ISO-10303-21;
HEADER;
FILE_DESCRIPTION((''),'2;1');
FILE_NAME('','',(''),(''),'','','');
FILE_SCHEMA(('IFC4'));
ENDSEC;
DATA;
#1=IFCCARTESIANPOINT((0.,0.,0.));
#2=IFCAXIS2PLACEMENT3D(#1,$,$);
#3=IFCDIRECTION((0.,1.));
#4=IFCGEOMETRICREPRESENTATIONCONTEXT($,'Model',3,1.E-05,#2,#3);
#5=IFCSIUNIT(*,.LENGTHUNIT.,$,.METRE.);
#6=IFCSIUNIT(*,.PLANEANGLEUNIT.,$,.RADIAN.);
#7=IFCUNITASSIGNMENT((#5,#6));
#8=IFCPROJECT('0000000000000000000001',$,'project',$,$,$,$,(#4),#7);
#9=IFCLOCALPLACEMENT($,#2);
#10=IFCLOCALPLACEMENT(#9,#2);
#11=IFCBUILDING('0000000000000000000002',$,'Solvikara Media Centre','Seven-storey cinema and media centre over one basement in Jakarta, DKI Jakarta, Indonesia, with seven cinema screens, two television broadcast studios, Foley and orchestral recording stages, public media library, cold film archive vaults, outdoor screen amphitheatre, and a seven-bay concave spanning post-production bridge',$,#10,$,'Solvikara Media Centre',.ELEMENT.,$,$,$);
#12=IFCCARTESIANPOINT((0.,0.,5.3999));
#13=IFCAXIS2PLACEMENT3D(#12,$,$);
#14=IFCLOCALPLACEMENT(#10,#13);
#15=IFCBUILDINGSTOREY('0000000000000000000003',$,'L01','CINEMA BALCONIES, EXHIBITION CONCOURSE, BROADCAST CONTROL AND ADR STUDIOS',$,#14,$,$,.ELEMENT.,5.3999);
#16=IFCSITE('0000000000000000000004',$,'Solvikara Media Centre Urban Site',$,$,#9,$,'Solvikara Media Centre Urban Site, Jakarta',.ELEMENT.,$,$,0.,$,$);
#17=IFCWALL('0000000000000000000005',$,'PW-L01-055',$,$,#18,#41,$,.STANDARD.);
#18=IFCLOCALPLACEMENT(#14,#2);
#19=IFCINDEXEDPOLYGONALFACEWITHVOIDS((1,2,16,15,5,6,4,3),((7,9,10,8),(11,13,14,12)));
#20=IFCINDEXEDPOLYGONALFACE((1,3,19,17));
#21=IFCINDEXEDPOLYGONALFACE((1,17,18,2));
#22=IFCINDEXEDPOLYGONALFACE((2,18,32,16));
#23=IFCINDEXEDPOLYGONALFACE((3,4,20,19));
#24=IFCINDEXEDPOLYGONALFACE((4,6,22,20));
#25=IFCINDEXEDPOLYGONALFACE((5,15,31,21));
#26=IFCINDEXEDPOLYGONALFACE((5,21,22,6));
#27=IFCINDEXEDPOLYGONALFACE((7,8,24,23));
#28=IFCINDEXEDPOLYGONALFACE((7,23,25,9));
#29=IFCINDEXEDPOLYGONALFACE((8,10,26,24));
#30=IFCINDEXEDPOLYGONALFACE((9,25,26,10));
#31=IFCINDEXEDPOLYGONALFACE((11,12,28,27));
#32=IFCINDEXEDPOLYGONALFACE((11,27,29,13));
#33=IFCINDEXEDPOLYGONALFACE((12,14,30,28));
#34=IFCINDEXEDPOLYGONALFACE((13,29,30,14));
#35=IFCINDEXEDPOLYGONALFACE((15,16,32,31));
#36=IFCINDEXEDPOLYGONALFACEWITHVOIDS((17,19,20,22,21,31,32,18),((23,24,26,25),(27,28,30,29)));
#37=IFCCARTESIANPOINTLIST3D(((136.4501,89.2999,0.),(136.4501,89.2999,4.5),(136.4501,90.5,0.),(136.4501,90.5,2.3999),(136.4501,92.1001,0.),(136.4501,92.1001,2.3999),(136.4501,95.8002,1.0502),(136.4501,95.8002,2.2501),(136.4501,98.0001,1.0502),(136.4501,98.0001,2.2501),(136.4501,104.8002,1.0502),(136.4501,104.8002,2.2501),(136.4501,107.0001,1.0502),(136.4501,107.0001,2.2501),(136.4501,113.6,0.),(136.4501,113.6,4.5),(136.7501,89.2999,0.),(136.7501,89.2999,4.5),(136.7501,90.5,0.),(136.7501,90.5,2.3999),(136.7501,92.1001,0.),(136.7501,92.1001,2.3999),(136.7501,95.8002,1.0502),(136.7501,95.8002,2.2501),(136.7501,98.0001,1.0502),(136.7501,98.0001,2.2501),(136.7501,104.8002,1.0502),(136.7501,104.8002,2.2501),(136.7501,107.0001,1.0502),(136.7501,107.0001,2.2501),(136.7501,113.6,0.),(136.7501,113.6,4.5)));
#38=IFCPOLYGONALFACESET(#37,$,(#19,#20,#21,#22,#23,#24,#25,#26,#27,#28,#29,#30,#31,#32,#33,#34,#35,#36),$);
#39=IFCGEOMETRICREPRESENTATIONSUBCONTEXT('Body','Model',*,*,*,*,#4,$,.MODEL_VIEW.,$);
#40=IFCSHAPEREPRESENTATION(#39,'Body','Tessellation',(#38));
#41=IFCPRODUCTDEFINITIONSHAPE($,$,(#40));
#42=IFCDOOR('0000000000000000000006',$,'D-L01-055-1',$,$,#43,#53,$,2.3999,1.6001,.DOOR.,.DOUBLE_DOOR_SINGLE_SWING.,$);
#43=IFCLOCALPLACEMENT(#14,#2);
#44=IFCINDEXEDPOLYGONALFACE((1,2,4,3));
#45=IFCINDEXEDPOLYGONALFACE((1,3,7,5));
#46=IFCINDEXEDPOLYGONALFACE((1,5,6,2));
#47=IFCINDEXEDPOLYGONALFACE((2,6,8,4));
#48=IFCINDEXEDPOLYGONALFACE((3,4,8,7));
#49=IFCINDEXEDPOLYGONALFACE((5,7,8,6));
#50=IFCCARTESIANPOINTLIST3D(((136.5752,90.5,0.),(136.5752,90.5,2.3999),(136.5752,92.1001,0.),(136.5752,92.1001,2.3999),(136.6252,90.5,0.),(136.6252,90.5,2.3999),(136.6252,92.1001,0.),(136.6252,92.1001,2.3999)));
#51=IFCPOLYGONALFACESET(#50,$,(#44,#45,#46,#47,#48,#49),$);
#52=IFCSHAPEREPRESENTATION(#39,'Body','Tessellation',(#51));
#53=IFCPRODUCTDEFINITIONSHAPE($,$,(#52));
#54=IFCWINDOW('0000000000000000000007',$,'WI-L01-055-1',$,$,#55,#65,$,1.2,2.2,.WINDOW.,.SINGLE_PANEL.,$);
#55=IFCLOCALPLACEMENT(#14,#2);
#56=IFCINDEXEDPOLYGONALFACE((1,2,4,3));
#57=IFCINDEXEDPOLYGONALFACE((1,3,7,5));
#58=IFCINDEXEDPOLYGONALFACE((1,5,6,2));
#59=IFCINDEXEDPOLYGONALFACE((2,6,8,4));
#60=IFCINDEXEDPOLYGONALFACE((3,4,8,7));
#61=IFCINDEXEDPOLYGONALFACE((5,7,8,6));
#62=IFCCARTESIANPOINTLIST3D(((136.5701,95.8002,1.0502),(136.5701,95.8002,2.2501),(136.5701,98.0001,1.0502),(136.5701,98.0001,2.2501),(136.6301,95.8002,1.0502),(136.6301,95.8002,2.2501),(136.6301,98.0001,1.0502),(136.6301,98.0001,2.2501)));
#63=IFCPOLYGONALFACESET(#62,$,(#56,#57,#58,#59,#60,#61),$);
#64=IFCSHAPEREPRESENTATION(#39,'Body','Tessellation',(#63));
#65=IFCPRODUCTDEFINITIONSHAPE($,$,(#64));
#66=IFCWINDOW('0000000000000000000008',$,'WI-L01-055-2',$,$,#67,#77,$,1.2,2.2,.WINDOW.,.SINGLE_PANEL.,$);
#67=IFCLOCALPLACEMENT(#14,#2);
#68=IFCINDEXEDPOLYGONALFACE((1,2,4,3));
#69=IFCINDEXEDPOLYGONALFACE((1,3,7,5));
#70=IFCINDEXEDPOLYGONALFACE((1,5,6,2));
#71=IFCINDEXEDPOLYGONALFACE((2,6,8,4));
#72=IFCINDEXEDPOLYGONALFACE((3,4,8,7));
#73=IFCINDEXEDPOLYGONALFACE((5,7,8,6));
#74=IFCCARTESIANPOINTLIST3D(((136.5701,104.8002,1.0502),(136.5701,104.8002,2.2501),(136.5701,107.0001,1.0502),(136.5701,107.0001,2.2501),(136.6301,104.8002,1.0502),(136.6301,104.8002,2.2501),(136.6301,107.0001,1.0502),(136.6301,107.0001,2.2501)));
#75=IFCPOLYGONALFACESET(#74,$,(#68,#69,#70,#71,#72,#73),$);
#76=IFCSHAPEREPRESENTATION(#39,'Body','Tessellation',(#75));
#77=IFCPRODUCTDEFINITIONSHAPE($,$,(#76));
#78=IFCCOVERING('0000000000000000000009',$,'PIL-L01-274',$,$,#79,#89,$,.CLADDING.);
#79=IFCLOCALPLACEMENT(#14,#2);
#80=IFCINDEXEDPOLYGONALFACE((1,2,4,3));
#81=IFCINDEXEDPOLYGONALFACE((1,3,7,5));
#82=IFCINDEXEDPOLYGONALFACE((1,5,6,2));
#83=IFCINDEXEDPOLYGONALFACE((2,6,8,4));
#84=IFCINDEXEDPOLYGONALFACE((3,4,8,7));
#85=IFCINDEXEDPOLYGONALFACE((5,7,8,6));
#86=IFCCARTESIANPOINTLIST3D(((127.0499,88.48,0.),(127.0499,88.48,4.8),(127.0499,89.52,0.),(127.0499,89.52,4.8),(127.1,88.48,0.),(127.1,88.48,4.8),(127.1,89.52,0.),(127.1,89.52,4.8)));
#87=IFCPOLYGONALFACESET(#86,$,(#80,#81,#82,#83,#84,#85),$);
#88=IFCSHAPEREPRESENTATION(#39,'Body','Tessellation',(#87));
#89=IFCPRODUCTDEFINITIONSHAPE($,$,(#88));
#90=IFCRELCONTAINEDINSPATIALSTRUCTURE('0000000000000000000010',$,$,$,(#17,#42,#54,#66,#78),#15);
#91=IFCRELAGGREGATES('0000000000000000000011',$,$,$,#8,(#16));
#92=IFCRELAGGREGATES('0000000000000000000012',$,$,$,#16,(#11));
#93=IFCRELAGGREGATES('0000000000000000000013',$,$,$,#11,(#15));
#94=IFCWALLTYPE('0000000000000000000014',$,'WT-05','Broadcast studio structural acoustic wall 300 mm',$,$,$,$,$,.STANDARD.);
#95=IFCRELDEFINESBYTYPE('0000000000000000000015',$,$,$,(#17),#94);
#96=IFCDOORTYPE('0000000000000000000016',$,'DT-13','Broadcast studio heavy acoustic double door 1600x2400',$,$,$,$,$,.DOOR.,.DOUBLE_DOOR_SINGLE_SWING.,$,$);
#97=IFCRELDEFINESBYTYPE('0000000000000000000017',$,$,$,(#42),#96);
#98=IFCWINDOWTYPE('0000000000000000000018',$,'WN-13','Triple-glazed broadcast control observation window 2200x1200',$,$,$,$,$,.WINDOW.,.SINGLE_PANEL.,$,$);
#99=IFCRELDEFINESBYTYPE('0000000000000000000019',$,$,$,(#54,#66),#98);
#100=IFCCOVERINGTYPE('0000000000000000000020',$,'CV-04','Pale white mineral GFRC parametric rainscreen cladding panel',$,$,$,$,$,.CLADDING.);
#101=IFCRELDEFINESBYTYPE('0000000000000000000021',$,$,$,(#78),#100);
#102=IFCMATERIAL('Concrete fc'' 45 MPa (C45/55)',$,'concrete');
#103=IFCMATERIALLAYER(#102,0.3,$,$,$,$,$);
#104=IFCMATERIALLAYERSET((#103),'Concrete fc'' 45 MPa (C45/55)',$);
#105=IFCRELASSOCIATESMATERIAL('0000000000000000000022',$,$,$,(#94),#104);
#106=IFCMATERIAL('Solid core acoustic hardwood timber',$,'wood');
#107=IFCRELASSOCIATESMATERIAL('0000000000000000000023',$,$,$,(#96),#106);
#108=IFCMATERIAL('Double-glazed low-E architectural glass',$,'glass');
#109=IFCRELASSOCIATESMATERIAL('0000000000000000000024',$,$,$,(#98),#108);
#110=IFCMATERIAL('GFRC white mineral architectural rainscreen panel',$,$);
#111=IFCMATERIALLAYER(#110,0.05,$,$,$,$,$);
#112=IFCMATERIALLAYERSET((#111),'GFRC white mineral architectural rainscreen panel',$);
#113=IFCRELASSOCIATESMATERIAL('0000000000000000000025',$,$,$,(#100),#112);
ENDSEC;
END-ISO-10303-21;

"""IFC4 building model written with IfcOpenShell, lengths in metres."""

from ifc_helpers import new_model, si_unit, direction, frame, frame_2d, origin, origin_2d, place, context, subcontext, project, spatial, rectangle, extrude, material, layer, layer_set, type_object, element, fill, save


model = new_model("IFC4")

# Units and contexts
model_context = context("Model", 3, precision=1e-05, world=origin(), true_north=direction((0.0, 1.0)))
body_context = subcontext(model_context, "Body", "Model", "MODEL_VIEW")
ifc_project = project(units=[si_unit("LENGTHUNIT", "METRE"), si_unit("PLANEANGLEUNIT", "RADIAN")], contexts=[model_context])

# Site, building, storey
site_placement = place(None, origin())
site = spatial("IfcSite", under=ifc_project, at=site_placement, Name="Solvikara Media Centre Urban Site", LongName="Solvikara Media Centre Urban Site, Jakarta", CompositionType="ELEMENT", RefElevation=0.0)
building_placement = place(site_placement, origin())
building = spatial("IfcBuilding", under=site, at=building_placement, Name="Solvikara Media Centre", Description="Seven-storey cinema and media centre over one basement in Jakarta, DKI Jakarta, Indonesia, with seven cinema screens, two television broadcast studios, Foley and orchestral recording stages, public media library, cold film archive vaults, outdoor screen amphitheatre, and a seven-bay concave spanning post-production bridge", LongName="Solvikara Media Centre", CompositionType="ELEMENT")
storey_placement = place(building_placement, frame((0.0, 0.0, 5.3999)))
storey = spatial("IfcBuildingStorey", under=building, at=storey_placement, Name="L01", Description="CINEMA BALCONIES, EXHIBITION CONCOURSE, BROADCAST CONTROL AND ADR STUDIOS", CompositionType="ELEMENT", Elevation=5.3999)

# Shared definitions
ifc_material_1 = material(Name="Concrete fc' 45 MPa (C45/55)", Category="concrete")

# Wall, openings, door, windows
ifc_layer_1 = layer(ifc_material_1, 0.3)
ifc_layer_set_1 = layer_set([ifc_layer_1], Name="Concrete fc' 45 MPa (C45/55)")
wall_type = type_object("IfcWallType", Name="WT-05", Description="Broadcast studio structural acoustic wall 300 mm", PredefinedType="STANDARD", material=ifc_layer_set_1)
wall_placement = place(storey_placement, frame((136.6001, 89.3, 0.0), z_axis=(0.0, 0.0, 1.0), x_axis=(0.0, 1.0, 0.0)))
wall = element("IfcWall", 1, at=wall_placement, inside=storey, type_object=wall_type, Name="PW-L01-055", PredefinedType="STANDARD", context=body_context, shape_type="SweptSolid", body=[
    extrude(rectangle(XDim=24.3, YDim=0.3, at=frame_2d((12.1499, 0.0))), origin(), (0.0, 0.0, 1.0), 4.5),
])
opening_1_placement = place(wall_placement, frame((1.2, 0.0, 0.0)))
opening_1 = element("IfcOpeningElement", 2, at=opening_1_placement, cuts=wall, PredefinedType="OPENING", context=body_context, shape_type="SweptSolid", body=[
    extrude(rectangle(XDim=1.6001, YDim=2.3999, at=frame_2d((0.8, 1.2))), frame((0.0, 0.1621, 0.0), z_axis=(0.0, -1.0, 0.0), x_axis=(1.0, 0.0, 0.0)), (0.0, 0.0, 1.0), 0.324),
])
opening_2_placement = place(wall_placement, frame((6.5, 0.0, 1.05)))
opening_2 = element("IfcOpeningElement", 3, at=opening_2_placement, cuts=wall, PredefinedType="OPENING", context=body_context, shape_type="SweptSolid", body=[
    extrude(rectangle(XDim=2.2, YDim=1.2, at=frame_2d((1.1001, 0.6001))), frame((0.0, 0.1621, 0.0), z_axis=(0.0, -1.0, 0.0), x_axis=(1.0, 0.0, 0.0)), (0.0, 0.0, 1.0), 0.324),
])
opening_3_placement = place(wall_placement, frame((15.5, 0.0, 1.05)))
opening_3 = element("IfcOpeningElement", 4, at=opening_3_placement, cuts=wall, PredefinedType="OPENING", context=body_context, shape_type="SweptSolid", body=[
    extrude(rectangle(XDim=2.2, YDim=1.2, at=frame_2d((1.1001, 0.6001))), frame((0.0, 0.1621, 0.0), z_axis=(0.0, -1.0, 0.0), x_axis=(1.0, 0.0, 0.0)), (0.0, 0.0, 1.0), 0.324),
])
ifc_material_2 = material(Name="Solid core acoustic hardwood timber", Category="wood")
door_type = type_object("IfcDoorType", Name="DT-13", Description="Broadcast studio heavy acoustic double door 1600x2400", OperationType="DOUBLE_DOOR_SINGLE_SWING", PredefinedType="DOOR", material=ifc_material_2)
door_placement = place(opening_1_placement, origin())
door = element("IfcDoor", 5, at=door_placement, inside=storey, type_object=door_type, Name="D-L01-055-1", OperationType="DOUBLE_DOOR_SINGLE_SWING", OverallHeight=2.3999, OverallWidth=1.6001, PredefinedType="DOOR", context=body_context, shape_type="SweptSolid", body=[
    extrude(rectangle(XDim=1.6001, YDim=2.3999, at=frame_2d((0.8, 1.2))), frame((0.0, 0.0249, 0.0), z_axis=(0.0, -1.0, 0.0), x_axis=(1.0, 0.0, 0.0)), (0.0, 0.0, 1.0), 0.05),
])
fill(opening_1, door)
ifc_material_3 = material(Name="Double-glazed low-E architectural glass", Category="glass")
window_type = type_object("IfcWindowType", Name="WN-13", Description="Triple-glazed broadcast control observation window 2200x1200", PartitioningType="SINGLE_PANEL", PredefinedType="WINDOW", material=ifc_material_3)
window_1_placement = place(opening_2_placement, origin())
window_1 = element("IfcWindow", 6, at=window_1_placement, inside=storey, type_object=window_type, Name="WI-L01-055-1", OverallHeight=1.2, OverallWidth=2.2, PartitioningType="SINGLE_PANEL", PredefinedType="WINDOW", context=body_context, shape_type="SweptSolid", body=[
    extrude(rectangle(XDim=2.2, YDim=1.2, at=frame_2d((1.1001, 0.6001))), frame((0.0, 0.03, 0.0), z_axis=(0.0, -1.0, 0.0), x_axis=(1.0, 0.0, 0.0)), (0.0, 0.0, 1.0), 0.0601),
])
fill(opening_2, window_1)
window_2_placement = place(opening_3_placement, origin())
window_2 = element("IfcWindow", 7, at=window_2_placement, inside=storey, type_object=window_type, Name="WI-L01-055-2", OverallHeight=1.2, OverallWidth=2.2, PartitioningType="SINGLE_PANEL", PredefinedType="WINDOW", context=body_context, shape_type="SweptSolid", body=[
    extrude(rectangle(XDim=2.2, YDim=1.2, at=frame_2d((1.1001, 0.6001))), frame((0.0, 0.03, 0.0), z_axis=(0.0, -1.0, 0.0), x_axis=(1.0, 0.0, 0.0)), (0.0, 0.0, 1.0), 0.0601),
])
fill(opening_3, window_2)

# Covering
ifc_material_4 = material(Name="GFRC white mineral architectural rainscreen panel")
ifc_layer_2 = layer(ifc_material_4, 0.05)
ifc_layer_set_2 = layer_set([ifc_layer_2], Name="GFRC white mineral architectural rainscreen panel")
covering_type = type_object("IfcCoveringType", Name="CV-04", Description="Pale white mineral GFRC parametric rainscreen cladding panel", PredefinedType="CLADDING", material=ifc_layer_set_2)
covering_placement = place(storey_placement, frame((127.075, 89.0, 0.0), z_axis=(0.0, 0.0, 1.0), x_axis=(0.0, -1.0, 0.0)))
element("IfcCovering", 8, at=covering_placement, inside=storey, type_object=covering_type, Name="PIL-L01-274", PredefinedType="CLADDING", context=body_context, shape_type="SweptSolid", body=[
    extrude(rectangle(XDim=1.04, YDim=0.05, at=origin_2d()), origin(), (0.0, 0.0, 1.0), 4.8),
])

save(model, "model.ifc")
